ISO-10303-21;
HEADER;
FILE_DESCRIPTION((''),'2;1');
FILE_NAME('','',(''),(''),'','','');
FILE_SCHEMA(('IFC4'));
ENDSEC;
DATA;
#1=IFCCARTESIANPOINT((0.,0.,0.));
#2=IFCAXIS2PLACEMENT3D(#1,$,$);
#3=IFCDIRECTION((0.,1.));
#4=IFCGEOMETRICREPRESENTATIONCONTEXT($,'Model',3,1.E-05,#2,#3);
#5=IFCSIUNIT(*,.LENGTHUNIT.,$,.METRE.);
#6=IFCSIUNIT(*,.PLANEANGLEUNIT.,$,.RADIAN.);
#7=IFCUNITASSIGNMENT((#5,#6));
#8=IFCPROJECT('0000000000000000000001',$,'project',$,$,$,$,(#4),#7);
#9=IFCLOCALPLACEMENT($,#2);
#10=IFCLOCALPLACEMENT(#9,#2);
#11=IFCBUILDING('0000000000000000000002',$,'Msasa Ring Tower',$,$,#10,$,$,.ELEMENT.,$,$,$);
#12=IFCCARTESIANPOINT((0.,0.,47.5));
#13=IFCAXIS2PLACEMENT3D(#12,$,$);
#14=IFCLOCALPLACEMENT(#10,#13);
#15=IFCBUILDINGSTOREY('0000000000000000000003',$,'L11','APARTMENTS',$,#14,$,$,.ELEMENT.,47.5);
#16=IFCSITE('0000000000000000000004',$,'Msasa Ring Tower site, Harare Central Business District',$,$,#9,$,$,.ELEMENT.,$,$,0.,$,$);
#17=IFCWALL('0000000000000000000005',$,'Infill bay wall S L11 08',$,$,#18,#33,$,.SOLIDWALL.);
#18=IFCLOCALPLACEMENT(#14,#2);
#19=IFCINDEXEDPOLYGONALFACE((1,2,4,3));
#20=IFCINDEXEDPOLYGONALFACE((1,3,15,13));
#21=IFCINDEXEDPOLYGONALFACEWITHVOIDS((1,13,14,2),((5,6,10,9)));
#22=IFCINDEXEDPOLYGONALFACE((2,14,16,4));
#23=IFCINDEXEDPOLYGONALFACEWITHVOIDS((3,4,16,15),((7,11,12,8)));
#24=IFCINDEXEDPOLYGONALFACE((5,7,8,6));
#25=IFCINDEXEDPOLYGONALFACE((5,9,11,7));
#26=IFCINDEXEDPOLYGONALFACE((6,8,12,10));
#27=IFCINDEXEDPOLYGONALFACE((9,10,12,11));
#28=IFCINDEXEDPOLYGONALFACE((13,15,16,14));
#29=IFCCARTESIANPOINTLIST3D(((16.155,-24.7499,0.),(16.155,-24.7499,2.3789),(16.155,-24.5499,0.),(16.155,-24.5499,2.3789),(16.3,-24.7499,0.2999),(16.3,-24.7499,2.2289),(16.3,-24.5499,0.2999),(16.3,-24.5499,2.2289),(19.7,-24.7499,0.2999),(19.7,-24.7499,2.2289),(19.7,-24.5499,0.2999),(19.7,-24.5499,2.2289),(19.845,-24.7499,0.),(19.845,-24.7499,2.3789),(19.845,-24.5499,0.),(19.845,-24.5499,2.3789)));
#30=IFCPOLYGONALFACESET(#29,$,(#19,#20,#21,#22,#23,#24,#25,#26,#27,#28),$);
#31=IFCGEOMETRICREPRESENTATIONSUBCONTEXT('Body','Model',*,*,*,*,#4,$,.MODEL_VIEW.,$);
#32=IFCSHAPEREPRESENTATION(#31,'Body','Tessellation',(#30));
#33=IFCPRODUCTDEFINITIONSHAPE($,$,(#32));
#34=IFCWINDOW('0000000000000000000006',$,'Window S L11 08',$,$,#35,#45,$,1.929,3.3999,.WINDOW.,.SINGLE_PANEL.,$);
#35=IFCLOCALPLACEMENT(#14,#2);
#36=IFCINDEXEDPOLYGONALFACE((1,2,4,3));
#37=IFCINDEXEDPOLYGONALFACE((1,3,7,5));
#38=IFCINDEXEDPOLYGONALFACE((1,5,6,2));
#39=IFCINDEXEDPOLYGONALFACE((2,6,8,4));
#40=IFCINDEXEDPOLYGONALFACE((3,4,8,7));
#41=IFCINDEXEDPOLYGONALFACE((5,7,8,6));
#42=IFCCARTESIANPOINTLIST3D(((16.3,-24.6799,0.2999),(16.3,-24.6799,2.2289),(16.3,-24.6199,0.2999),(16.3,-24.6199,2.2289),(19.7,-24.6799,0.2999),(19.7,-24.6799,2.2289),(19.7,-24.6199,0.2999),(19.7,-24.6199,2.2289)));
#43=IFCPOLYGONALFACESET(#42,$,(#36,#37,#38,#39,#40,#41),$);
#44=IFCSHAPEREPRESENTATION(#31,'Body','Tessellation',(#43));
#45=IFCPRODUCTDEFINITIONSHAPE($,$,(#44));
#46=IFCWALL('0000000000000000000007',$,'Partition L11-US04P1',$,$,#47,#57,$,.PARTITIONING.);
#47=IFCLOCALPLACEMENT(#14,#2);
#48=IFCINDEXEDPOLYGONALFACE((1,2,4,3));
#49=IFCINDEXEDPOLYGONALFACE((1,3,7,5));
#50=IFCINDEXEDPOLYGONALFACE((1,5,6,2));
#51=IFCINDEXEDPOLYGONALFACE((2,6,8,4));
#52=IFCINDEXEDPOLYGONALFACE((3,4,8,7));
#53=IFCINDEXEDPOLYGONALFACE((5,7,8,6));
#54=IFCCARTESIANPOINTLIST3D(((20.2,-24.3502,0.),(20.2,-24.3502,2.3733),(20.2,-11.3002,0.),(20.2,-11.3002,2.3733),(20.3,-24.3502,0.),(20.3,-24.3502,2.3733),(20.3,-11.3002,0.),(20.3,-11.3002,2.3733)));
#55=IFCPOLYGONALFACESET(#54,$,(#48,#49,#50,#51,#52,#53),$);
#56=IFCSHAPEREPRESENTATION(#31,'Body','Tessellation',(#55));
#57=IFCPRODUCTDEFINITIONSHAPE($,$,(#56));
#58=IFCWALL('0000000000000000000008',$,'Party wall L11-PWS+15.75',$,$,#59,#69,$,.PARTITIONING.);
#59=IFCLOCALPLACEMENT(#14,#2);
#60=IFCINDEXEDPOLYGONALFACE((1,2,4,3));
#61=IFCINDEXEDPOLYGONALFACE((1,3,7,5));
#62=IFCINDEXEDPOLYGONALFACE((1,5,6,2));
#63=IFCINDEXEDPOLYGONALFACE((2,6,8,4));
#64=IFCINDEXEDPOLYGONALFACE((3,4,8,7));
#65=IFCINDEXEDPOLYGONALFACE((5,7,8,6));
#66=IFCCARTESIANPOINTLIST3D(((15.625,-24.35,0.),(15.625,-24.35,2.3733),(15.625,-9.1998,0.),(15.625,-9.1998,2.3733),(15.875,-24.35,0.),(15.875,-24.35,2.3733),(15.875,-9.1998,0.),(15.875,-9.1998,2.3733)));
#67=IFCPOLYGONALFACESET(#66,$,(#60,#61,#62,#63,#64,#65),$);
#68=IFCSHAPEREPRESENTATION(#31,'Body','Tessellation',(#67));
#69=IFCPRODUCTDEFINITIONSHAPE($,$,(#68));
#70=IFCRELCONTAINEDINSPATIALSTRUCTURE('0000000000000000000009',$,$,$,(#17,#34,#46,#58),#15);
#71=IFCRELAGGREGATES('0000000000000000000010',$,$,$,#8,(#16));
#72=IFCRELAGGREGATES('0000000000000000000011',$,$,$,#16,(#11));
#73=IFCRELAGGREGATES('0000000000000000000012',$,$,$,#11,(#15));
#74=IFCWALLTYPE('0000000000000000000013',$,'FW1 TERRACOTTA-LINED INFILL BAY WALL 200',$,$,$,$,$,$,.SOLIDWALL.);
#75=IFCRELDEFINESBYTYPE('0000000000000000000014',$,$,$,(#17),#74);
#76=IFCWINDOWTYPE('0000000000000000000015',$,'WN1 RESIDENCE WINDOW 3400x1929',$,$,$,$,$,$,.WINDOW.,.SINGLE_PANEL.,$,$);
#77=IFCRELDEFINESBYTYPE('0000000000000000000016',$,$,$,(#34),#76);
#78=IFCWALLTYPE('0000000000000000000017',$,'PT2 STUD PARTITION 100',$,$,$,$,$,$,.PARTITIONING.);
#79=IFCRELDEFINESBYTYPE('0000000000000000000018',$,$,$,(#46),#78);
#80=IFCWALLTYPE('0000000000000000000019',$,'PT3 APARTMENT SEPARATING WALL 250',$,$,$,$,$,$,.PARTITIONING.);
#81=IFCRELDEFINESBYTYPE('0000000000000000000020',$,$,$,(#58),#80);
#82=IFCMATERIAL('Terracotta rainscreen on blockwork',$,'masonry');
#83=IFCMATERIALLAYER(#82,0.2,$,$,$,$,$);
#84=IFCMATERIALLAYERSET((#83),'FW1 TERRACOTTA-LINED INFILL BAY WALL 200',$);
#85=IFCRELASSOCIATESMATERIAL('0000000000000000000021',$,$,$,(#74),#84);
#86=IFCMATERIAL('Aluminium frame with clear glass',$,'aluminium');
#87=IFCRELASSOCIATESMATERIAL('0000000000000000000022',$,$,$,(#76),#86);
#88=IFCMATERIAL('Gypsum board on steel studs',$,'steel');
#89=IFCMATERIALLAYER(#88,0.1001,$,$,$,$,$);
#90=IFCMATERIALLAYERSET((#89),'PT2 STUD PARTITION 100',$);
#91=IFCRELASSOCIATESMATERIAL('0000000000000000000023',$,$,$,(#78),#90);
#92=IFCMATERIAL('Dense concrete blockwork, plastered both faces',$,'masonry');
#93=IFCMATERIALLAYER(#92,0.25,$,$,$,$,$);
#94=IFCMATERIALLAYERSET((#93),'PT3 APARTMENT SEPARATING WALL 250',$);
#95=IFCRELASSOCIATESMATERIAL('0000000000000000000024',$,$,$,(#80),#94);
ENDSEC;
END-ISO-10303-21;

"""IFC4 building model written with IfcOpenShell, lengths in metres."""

from ifc_helpers import new_model, si_unit, direction, frame, frame_2d, origin, place, context, subcontext, project, spatial, rectangle, extrude, material, layer, layer_set, type_object, element, fill, save


model = new_model("IFC4")

# Units and contexts
model_context = context("Model", 3, precision=1e-05, world=origin(), true_north=direction((0.0, 1.0)))
body_context = subcontext(model_context, "Body", "Model", "MODEL_VIEW")
ifc_project = project(units=[si_unit("LENGTHUNIT", "METRE"), si_unit("PLANEANGLEUNIT", "RADIAN")], contexts=[model_context])

# Site, building, storey
site_placement = place(None, origin())
site = spatial("IfcSite", under=ifc_project, at=site_placement, Name="Msasa Ring Tower site, Harare Central Business District", CompositionType="ELEMENT", RefElevation=0.0)
building_placement = place(site_placement, origin())
building = spatial("IfcBuilding", under=site, at=building_placement, Name="Msasa Ring Tower", CompositionType="ELEMENT")
storey_placement = place(building_placement, frame((0.0, 0.0, 47.5)))
storey = spatial("IfcBuildingStorey", under=building, at=storey_placement, Name="L11", Description="APARTMENTS", CompositionType="ELEMENT", Elevation=47.5)

# Wall, opening, window
ifc_material_1 = material(Name="Terracotta rainscreen on blockwork", Category="masonry")
ifc_layer_1 = layer(ifc_material_1, 0.2)
ifc_layer_set_1 = layer_set([ifc_layer_1], Name="FW1 TERRACOTTA-LINED INFILL BAY WALL 200")
wall_type_1 = type_object("IfcWallType", Name="FW1 TERRACOTTA-LINED INFILL BAY WALL 200", PredefinedType="SOLIDWALL", material=ifc_layer_set_1)
wall_1_placement = place(storey_placement, frame((16.155, -24.6499, 0.0), z_axis=(0.0, 0.0, 1.0), x_axis=(1.0, 0.0, 0.0)))
wall_1 = element("IfcWall", 1, at=wall_1_placement, inside=storey, type_object=wall_type_1, Name="Infill bay wall S L11 08", PredefinedType="SOLIDWALL", context=body_context, shape_type="SweptSolid", body=[
    extrude(rectangle(XDim=3.6899, YDim=0.2, at=frame_2d((1.845, 0.0))), origin(), (0.0, 0.0, 1.0), 2.3789),
])
opening_placement = place(wall_1_placement, frame((0.145, 0.0, 0.3)))
opening = element("IfcOpeningElement", 2, at=opening_placement, cuts=wall_1, PredefinedType="OPENING", context=body_context, shape_type="SweptSolid", body=[
    extrude(rectangle(XDim=3.3999, YDim=1.929, at=frame_2d((1.7, 0.9644))), frame((0.0, 0.1099, 0.0), z_axis=(0.0, -1.0, 0.0), x_axis=(1.0, 0.0, 0.0)), (0.0, 0.0, 1.0), 0.22),
])
ifc_material_2 = material(Name="Aluminium frame with clear glass", Category="aluminium")
window_type = type_object("IfcWindowType", Name="WN1 RESIDENCE WINDOW 3400x1929", PartitioningType="SINGLE_PANEL", PredefinedType="WINDOW", material=ifc_material_2)
window_placement = place(opening_placement, origin())
window = element("IfcWindow", 3, at=window_placement, inside=storey, type_object=window_type, Name="Window S L11 08", OverallHeight=1.929, OverallWidth=3.3999, PartitioningType="SINGLE_PANEL", PredefinedType="WINDOW", context=body_context, shape_type="SweptSolid", body=[
    extrude(rectangle(XDim=3.3999, YDim=1.929, at=frame_2d((1.7, 0.9644))), frame((0.0, 0.03, 0.0), z_axis=(0.0, -1.0, 0.0), x_axis=(1.0, 0.0, 0.0)), (0.0, 0.0, 1.0), 0.0601),
])
fill(opening, window)

# Walls
ifc_material_3 = material(Name="Gypsum board on steel studs", Category="steel")
ifc_layer_2 = layer(ifc_material_3, 0.1001)
ifc_layer_set_2 = layer_set([ifc_layer_2], Name="PT2 STUD PARTITION 100")
wall_type_2 = type_object("IfcWallType", Name="PT2 STUD PARTITION 100", PredefinedType="PARTITIONING", material=ifc_layer_set_2)
wall_2_placement = place(storey_placement, frame((20.25, -24.3501, 0.0), z_axis=(0.0, 0.0, 1.0), x_axis=(0.0, 1.0, 0.0)))
element("IfcWall", 4, at=wall_2_placement, inside=storey, type_object=wall_type_2, Name="Partition L11-US04P1", PredefinedType="PARTITIONING", context=body_context, shape_type="SweptSolid", body=[
    extrude(rectangle(XDim=13.05, YDim=0.1001, at=frame_2d((6.5249, 0.0))), origin(), (0.0, 0.0, 1.0), 2.3733),
])
ifc_material_4 = material(Name="Dense concrete blockwork, plastered both faces", Category="masonry")
ifc_layer_3 = layer(ifc_material_4, 0.25)
ifc_layer_set_3 = layer_set([ifc_layer_3], Name="PT3 APARTMENT SEPARATING WALL 250")
wall_type_3 = type_object("IfcWallType", Name="PT3 APARTMENT SEPARATING WALL 250", PredefinedType="PARTITIONING", material=ifc_layer_set_3)
wall_3_placement = place(storey_placement, frame((15.75, -24.3501, 0.0), z_axis=(0.0, 0.0, 1.0), x_axis=(0.0, 1.0, 0.0)))
element("IfcWall", 5, at=wall_3_placement, inside=storey, type_object=wall_type_3, Name="Party wall L11-PWS+15.75", PredefinedType="PARTITIONING", context=body_context, shape_type="SweptSolid", body=[
    extrude(rectangle(XDim=15.1501, YDim=0.25, at=frame_2d((7.5752, 0.0))), origin(), (0.0, 0.0, 1.0), 2.3733),
])

save(model, "model.ifc")
